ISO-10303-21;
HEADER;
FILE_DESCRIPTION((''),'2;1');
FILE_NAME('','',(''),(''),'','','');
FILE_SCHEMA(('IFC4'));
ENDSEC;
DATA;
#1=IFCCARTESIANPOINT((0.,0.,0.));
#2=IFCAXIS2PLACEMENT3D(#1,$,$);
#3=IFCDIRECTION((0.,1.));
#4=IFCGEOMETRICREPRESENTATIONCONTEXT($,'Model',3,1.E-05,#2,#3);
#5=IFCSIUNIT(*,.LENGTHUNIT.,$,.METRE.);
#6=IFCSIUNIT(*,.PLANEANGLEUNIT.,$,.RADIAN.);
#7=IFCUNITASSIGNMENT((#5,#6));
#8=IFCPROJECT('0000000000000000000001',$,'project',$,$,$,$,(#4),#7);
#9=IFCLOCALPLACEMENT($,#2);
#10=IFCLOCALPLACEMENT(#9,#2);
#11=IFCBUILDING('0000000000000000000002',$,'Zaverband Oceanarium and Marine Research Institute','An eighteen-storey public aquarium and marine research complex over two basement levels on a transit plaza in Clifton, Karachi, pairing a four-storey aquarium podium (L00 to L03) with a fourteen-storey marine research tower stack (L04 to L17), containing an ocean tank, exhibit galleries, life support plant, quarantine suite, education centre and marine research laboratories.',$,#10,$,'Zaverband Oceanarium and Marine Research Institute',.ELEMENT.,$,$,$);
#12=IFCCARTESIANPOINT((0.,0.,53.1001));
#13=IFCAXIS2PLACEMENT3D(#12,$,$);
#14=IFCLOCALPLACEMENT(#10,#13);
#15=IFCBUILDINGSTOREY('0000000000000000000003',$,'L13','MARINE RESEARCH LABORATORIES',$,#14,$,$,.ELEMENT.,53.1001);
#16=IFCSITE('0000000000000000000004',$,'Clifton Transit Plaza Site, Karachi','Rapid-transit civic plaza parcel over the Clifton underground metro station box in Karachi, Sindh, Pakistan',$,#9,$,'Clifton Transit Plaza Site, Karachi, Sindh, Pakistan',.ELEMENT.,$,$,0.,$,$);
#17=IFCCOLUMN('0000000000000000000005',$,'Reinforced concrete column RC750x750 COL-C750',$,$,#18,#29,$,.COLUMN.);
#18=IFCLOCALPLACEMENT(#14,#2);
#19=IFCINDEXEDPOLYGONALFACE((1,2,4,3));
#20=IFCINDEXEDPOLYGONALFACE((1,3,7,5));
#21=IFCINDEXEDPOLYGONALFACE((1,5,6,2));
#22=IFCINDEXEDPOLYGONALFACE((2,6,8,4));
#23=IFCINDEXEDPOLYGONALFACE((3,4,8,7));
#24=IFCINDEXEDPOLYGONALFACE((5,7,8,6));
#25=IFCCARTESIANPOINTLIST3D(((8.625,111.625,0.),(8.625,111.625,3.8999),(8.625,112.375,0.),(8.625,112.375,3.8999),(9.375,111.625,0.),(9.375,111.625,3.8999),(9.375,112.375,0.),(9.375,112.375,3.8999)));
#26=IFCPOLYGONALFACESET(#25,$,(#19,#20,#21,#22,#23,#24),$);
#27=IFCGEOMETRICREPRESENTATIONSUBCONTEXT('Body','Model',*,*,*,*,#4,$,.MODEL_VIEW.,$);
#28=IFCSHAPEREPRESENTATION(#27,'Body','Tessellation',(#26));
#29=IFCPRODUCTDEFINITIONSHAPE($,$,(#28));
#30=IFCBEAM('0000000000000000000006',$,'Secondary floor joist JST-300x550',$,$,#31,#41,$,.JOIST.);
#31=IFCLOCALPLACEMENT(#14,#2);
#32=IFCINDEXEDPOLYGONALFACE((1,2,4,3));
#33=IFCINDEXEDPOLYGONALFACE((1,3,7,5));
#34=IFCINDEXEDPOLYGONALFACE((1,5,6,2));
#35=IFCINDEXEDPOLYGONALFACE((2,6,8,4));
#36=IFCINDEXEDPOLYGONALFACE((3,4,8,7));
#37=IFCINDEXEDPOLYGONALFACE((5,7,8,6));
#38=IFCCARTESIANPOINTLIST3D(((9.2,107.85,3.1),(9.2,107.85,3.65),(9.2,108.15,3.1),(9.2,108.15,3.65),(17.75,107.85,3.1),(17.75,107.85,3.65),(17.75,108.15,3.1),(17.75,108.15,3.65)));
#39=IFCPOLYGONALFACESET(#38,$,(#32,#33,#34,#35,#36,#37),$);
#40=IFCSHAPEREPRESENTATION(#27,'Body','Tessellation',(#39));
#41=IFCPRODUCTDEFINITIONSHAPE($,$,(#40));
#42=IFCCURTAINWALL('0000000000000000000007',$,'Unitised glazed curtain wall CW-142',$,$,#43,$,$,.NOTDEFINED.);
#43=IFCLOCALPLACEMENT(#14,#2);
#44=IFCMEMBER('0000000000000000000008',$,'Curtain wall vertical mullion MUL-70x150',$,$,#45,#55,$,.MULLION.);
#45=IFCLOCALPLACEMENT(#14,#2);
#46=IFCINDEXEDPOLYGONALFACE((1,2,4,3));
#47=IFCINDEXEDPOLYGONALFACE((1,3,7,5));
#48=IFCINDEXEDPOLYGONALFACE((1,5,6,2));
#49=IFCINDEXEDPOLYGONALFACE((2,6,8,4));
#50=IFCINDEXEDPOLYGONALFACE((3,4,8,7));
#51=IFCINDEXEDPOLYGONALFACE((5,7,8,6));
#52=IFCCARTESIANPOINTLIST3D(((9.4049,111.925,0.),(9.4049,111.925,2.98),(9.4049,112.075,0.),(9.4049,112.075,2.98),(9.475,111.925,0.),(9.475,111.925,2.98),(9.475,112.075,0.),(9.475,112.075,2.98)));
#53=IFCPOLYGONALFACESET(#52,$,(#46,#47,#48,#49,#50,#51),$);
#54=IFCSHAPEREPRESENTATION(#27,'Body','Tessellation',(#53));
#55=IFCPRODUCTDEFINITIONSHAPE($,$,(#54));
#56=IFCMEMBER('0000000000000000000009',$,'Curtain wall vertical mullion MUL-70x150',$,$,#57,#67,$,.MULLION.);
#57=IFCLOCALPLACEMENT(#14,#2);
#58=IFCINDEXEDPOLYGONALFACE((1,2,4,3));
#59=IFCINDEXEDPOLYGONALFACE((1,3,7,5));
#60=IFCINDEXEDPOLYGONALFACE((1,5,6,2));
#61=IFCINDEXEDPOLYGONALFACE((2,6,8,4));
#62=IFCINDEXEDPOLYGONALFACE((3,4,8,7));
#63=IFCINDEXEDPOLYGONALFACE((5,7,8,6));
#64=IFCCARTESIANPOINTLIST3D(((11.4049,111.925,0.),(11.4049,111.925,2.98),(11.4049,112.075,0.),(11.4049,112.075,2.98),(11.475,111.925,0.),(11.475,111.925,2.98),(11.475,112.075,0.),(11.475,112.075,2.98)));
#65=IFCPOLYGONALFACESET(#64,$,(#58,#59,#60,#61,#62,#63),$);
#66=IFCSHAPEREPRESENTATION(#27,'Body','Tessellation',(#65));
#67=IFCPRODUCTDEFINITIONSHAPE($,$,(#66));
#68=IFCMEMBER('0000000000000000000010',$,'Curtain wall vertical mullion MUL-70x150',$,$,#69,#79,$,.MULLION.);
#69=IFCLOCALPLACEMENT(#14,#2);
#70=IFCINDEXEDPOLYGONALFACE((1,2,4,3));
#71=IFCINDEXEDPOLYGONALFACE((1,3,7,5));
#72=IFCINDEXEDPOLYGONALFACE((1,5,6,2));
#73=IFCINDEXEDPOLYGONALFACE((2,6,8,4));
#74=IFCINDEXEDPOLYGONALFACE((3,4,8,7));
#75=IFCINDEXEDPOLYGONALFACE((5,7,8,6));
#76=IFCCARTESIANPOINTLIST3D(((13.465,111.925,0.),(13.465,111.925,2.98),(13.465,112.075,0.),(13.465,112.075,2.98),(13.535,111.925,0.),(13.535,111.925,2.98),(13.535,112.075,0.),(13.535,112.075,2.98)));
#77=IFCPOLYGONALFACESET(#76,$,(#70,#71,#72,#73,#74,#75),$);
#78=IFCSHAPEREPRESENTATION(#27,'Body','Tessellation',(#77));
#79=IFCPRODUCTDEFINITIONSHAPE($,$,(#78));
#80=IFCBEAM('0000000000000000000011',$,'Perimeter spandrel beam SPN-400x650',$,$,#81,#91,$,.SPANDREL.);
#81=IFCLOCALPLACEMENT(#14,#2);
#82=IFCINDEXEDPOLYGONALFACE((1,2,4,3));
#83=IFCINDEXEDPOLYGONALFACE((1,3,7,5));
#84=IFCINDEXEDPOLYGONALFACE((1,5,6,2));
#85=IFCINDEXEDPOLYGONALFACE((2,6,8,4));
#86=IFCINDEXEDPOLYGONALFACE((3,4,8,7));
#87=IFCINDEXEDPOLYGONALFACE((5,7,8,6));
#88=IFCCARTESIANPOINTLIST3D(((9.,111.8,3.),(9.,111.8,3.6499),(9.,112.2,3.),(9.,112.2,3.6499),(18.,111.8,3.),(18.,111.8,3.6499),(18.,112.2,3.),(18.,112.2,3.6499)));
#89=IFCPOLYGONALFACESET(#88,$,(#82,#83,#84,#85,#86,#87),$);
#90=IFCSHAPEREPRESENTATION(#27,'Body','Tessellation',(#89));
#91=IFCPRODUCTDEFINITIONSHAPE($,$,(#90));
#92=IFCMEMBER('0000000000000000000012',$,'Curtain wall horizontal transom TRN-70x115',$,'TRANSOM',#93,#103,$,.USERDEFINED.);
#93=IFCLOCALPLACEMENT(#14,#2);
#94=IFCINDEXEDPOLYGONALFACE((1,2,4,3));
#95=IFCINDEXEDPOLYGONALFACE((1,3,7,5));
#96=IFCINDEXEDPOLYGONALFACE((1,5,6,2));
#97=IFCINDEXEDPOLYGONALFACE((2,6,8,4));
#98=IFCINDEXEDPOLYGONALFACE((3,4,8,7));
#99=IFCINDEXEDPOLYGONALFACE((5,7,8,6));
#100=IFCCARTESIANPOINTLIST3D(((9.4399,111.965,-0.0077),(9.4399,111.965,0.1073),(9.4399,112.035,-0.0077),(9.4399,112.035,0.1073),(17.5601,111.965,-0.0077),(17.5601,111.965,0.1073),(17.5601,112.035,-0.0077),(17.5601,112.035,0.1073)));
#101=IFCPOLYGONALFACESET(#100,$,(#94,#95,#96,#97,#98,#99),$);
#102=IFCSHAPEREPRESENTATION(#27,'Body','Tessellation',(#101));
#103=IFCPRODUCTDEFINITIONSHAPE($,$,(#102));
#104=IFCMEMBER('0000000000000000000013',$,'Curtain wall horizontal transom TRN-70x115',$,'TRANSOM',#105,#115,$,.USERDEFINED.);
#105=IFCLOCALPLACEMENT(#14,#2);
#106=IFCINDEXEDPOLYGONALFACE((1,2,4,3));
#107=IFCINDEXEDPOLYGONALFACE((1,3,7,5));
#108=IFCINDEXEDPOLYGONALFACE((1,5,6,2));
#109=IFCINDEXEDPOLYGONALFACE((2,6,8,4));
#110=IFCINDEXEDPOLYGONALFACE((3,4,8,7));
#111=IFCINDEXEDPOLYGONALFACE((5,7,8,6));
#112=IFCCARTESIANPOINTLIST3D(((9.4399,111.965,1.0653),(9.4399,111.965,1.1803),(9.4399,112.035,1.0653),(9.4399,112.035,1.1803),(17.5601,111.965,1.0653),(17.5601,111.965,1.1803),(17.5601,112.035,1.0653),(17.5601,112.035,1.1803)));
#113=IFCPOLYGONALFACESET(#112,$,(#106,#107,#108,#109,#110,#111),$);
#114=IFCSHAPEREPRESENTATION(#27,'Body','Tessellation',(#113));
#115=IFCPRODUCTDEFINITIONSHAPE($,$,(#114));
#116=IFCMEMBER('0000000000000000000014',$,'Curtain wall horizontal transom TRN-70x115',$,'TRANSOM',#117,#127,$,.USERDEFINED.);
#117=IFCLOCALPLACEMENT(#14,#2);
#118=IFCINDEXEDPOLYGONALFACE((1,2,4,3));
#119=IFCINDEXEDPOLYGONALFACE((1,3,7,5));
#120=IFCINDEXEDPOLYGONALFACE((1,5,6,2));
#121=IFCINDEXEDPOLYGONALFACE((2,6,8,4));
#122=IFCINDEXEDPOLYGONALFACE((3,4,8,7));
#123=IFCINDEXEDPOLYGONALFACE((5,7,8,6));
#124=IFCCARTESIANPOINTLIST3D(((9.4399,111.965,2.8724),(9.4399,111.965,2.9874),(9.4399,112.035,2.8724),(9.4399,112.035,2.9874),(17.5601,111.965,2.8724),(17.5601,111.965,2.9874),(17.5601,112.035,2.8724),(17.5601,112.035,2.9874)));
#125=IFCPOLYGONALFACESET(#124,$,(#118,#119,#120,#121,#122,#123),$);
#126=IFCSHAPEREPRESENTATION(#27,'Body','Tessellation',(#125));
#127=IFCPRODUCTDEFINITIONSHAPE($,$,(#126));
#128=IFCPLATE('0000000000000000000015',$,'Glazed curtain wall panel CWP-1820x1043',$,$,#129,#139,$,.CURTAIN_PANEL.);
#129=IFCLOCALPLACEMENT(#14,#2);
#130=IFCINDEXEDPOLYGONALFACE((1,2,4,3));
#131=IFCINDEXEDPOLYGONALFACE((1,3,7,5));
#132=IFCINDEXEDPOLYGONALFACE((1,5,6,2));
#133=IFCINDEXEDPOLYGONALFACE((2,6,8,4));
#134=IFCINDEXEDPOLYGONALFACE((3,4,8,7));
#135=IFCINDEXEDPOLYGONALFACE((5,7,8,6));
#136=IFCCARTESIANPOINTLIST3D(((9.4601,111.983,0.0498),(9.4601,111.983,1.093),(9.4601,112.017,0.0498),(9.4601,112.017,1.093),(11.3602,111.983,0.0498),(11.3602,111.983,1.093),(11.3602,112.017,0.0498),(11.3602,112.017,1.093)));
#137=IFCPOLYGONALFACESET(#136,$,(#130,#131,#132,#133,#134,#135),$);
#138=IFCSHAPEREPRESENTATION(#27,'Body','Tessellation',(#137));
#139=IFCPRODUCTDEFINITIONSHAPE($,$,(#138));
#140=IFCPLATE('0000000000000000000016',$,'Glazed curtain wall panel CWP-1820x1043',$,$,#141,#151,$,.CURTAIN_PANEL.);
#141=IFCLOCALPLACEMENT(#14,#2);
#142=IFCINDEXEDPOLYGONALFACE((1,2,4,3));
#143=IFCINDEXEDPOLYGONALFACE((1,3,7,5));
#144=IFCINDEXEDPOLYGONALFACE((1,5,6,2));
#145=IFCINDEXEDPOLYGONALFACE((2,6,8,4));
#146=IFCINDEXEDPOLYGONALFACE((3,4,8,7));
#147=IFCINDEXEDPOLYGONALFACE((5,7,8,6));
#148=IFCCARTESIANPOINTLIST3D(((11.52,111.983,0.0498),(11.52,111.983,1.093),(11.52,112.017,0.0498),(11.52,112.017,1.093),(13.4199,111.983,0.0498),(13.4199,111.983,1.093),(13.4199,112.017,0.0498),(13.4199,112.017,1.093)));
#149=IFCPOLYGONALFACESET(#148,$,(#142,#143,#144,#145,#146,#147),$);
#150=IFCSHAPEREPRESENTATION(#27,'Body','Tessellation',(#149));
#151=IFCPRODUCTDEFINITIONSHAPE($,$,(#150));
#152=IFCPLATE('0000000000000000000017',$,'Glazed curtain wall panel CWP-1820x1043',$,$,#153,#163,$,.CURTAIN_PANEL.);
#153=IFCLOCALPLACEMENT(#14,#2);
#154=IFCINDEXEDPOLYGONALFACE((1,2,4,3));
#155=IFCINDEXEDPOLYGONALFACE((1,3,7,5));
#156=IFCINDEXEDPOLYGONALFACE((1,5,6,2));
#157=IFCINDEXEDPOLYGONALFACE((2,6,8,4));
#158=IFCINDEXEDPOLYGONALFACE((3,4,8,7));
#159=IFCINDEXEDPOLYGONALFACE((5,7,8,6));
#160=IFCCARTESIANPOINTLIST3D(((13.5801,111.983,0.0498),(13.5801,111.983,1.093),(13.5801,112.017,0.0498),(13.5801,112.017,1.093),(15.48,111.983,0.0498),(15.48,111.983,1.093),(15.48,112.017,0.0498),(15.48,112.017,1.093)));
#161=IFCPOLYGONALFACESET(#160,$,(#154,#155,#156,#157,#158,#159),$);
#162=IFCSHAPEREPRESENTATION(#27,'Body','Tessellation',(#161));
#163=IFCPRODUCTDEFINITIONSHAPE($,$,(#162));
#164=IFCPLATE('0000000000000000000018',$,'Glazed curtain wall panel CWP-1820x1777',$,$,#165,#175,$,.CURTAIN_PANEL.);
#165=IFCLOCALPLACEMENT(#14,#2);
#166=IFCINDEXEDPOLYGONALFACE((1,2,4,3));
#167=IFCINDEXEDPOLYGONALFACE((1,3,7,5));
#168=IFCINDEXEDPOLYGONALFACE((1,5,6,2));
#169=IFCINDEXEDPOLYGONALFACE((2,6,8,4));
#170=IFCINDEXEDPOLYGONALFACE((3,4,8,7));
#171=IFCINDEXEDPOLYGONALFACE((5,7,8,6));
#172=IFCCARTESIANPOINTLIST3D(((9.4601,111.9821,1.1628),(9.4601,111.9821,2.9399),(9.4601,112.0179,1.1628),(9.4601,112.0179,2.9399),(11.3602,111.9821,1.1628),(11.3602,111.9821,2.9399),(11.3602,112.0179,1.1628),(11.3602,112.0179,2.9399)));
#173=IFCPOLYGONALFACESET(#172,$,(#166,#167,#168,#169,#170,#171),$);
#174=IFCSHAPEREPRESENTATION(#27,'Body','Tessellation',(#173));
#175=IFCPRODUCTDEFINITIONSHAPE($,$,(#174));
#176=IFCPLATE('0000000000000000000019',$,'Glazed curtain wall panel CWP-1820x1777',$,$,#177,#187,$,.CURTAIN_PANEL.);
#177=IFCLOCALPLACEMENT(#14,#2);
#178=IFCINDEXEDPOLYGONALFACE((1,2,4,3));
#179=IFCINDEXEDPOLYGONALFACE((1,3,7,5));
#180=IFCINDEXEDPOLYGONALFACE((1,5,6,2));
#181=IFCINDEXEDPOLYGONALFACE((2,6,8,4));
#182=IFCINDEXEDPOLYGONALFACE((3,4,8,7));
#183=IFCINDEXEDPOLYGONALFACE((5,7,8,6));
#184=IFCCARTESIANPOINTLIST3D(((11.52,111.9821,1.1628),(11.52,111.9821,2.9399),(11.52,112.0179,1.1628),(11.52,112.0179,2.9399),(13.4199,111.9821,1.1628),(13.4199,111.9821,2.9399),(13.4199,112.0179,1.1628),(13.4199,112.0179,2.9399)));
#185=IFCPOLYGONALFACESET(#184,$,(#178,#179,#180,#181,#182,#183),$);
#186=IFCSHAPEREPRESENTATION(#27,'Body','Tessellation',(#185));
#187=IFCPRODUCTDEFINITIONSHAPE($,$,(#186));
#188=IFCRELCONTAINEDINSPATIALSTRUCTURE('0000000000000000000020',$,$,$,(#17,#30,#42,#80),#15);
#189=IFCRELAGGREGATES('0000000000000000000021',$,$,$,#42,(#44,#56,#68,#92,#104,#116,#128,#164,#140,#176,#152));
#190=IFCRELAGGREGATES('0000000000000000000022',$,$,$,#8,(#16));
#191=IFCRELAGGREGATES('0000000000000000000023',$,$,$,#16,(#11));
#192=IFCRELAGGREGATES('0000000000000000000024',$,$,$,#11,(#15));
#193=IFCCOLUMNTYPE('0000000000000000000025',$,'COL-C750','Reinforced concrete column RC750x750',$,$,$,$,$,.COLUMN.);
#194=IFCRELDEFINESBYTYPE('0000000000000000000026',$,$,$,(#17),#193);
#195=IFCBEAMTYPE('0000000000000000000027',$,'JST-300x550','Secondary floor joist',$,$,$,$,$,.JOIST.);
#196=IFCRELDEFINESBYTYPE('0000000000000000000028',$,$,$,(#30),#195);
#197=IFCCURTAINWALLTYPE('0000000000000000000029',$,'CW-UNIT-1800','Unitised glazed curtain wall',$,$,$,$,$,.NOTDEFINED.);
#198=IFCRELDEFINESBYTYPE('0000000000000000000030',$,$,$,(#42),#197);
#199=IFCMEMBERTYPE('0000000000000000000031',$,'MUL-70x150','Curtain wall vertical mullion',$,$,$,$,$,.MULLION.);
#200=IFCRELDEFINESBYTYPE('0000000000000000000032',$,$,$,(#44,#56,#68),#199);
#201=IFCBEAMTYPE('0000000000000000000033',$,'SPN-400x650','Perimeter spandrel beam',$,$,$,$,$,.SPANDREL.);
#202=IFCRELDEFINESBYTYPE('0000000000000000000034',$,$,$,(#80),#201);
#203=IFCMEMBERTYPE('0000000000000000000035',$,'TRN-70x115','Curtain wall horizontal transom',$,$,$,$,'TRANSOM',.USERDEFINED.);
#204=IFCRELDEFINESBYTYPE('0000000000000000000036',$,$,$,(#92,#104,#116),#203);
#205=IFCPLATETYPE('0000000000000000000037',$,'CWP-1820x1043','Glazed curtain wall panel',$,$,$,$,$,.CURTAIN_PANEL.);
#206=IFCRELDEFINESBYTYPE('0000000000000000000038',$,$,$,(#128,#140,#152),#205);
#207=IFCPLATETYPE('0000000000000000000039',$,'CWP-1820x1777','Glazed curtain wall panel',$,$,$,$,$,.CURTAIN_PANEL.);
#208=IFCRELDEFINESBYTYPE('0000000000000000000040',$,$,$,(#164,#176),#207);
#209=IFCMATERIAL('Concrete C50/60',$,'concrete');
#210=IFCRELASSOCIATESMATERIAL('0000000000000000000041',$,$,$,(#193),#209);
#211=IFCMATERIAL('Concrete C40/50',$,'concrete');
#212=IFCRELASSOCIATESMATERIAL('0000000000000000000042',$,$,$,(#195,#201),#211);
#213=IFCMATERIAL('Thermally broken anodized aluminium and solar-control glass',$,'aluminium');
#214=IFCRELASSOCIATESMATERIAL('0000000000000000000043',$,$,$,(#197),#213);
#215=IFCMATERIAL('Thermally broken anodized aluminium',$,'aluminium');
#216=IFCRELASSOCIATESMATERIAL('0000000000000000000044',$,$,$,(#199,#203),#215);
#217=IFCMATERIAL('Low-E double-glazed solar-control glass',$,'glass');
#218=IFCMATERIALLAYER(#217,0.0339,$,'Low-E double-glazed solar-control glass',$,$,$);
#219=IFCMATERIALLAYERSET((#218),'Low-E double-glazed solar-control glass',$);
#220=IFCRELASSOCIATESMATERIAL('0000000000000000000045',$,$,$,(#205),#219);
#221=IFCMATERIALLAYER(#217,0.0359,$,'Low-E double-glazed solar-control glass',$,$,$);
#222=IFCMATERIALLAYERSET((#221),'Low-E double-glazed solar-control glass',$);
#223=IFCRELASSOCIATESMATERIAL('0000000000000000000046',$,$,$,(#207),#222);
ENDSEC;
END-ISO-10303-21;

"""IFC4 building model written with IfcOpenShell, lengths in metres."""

from ifc_helpers import new_model, si_unit, direction, frame, frame_2d, origin, origin_2d, place, context, subcontext, project, spatial, rectangle, extrude, material, layer, layer_set, material_profile, profile_set, type_object, element, aggregate, save


model = new_model("IFC4")

# Units and contexts
model_context = context("Model", 3, precision=1e-05, world=origin(), true_north=direction((0.0, 1.0)))
body_context = subcontext(model_context, "Body", "Model", "MODEL_VIEW")
ifc_project = project(units=[si_unit("LENGTHUNIT", "METRE"), si_unit("PLANEANGLEUNIT", "RADIAN")], contexts=[model_context])

# Site, building, storey
site_placement = place(None, origin())
site = spatial("IfcSite", under=ifc_project, at=site_placement, Name="Clifton Transit Plaza Site, Karachi", Description="Rapid-transit civic plaza parcel over the Clifton underground metro station box in Karachi, Sindh, Pakistan", LongName="Clifton Transit Plaza Site, Karachi, Sindh, Pakistan", CompositionType="ELEMENT", RefElevation=0.0)
building_placement = place(site_placement, origin())
building = spatial("IfcBuilding", under=site, at=building_placement, Name="Zaverband Oceanarium and Marine Research Institute", Description="An eighteen-storey public aquarium and marine research complex over two basement levels on a transit plaza in Clifton, Karachi, pairing a four-storey aquarium podium (L00 to L03) with a fourteen-storey marine research tower stack (L04 to L17), containing an ocean tank, exhibit galleries, life support plant, quarantine suite, education centre and marine research laboratories.", LongName="Zaverband Oceanarium and Marine Research Institute", CompositionType="ELEMENT")
storey_placement = place(building_placement, frame((0.0, 0.0, 53.1001)))
storey = spatial("IfcBuildingStorey", under=building, at=storey_placement, Name="L13", Description="MARINE RESEARCH LABORATORIES", CompositionType="ELEMENT", Elevation=53.1001)

# Column
ifc_material_1 = material(Name="Concrete C50/60", Category="concrete")
ifc_material_profile_1 = material_profile(ifc_material_1, rectangle(XDim=0.75, YDim=0.75, at=origin_2d()), Name="RC750x750")
ifc_profile_set_1 = profile_set([ifc_material_profile_1], Name="Concrete C50/60")
column_type = type_object("IfcColumnType", Name="COL-C750", Description="Reinforced concrete column RC750x750", PredefinedType="COLUMN", material=ifc_profile_set_1)
column_placement = place(storey_placement, frame((9.0, 112.0, 0.0), z_axis=(0.0, 0.0, 1.0), x_axis=(1.0, 0.0, 0.0)))
element("IfcColumn", 1, at=column_placement, inside=storey, type_object=column_type, Name="Reinforced concrete column RC750x750 COL-C750", PredefinedType="COLUMN", context=body_context, shape_type="SweptSolid", body=[
    extrude(rectangle(XDim=0.75, YDim=0.75, at=origin_2d()), origin(), (0.0, 0.0, 1.0), 3.8999),
])

# Beam
ifc_material_2 = material(Name="Concrete C40/50", Category="concrete")
ifc_material_profile_2 = material_profile(ifc_material_2, rectangle(XDim=0.3, YDim=0.55, at=origin_2d()), Name="RC300x550")
ifc_profile_set_2 = profile_set([ifc_material_profile_2], Name="Concrete C40/50")
beam_type_1 = type_object("IfcBeamType", Name="JST-300x550", Description="Secondary floor joist", PredefinedType="JOIST", material=ifc_profile_set_2)
beam_1_placement = place(storey_placement, frame((9.2, 108.0, 3.375), z_axis=(1.0, 0.0, 0.0), x_axis=(0.0, 1.0, 0.0)))
element("IfcBeam", 2, at=beam_1_placement, inside=storey, type_object=beam_type_1, Name="Secondary floor joist JST-300x550", PredefinedType="JOIST", context=body_context, shape_type="SweptSolid", body=[
    extrude(rectangle(XDim=0.3, YDim=0.55, at=origin_2d()), origin(), (0.0, 0.0, 1.0), 8.55),
])

# Curtain wall, members
ifc_material_3 = material(Name="Thermally broken anodized aluminium and solar-control glass", Category="aluminium")
curtain_wall_type = type_object("IfcCurtainWallType", Name="CW-UNIT-1800", Description="Unitised glazed curtain wall", PredefinedType="NOTDEFINED", material=ifc_material_3)
curtain_wall_placement = place(storey_placement, origin())
curtain_wall = element("IfcCurtainWall", 3, at=curtain_wall_placement, inside=storey, type_object=curtain_wall_type, Name="Unitised glazed curtain wall CW-142", PredefinedType="NOTDEFINED")
ifc_material_4 = material(Name="Thermally broken anodized aluminium", Category="aluminium")
ifc_material_profile_3 = material_profile(ifc_material_4, rectangle(XDim=0.0701, YDim=0.1499, at=origin_2d()), Name="AL-MUL-70x150")
ifc_profile_set_3 = profile_set([ifc_material_profile_3], Name="Thermally broken anodized aluminium")
member_type_1 = type_object("IfcMemberType", Name="MUL-70x150", Description="Curtain wall vertical mullion", PredefinedType="MULLION", material=ifc_profile_set_3)
member_1_placement = place(storey_placement, frame((9.4399, 112.0, 0.0), z_axis=(0.0, 0.0, 1.0), x_axis=(1.0, 0.0, 0.0)))
member_1 = element("IfcMember", 4, at=member_1_placement, type_object=member_type_1, Name="Curtain wall vertical mullion MUL-70x150", PredefinedType="MULLION", context=body_context, shape_type="SweptSolid", body=[
    extrude(rectangle(XDim=0.0701, YDim=0.1499, at=origin_2d()), origin(), (0.0, 0.0, 1.0), 2.98),
])
member_2_placement = place(storey_placement, frame((11.4399, 112.0, 0.0), z_axis=(0.0, 0.0, 1.0), x_axis=(1.0, 0.0, 0.0)))
member_2 = element("IfcMember", 5, at=member_2_placement, type_object=member_type_1, Name="Curtain wall vertical mullion MUL-70x150", PredefinedType="MULLION", context=body_context, shape_type="SweptSolid", body=[
    extrude(rectangle(XDim=0.0701, YDim=0.1499, at=origin_2d()), origin(), (0.0, 0.0, 1.0), 2.98),
])
member_3_placement = place(storey_placement, frame((13.5, 112.0, 0.0), z_axis=(0.0, 0.0, 1.0), x_axis=(1.0, 0.0, 0.0)))
member_3 = element("IfcMember", 6, at=member_3_placement, type_object=member_type_1, Name="Curtain wall vertical mullion MUL-70x150", PredefinedType="MULLION", context=body_context, shape_type="SweptSolid", body=[
    extrude(rectangle(XDim=0.0701, YDim=0.1499, at=origin_2d()), origin(), (0.0, 0.0, 1.0), 2.98),
])

# Beam
ifc_material_profile_4 = material_profile(ifc_material_2, rectangle(XDim=0.3999, YDim=0.6499, at=origin_2d()), Name="RC400x650")
ifc_profile_set_4 = profile_set([ifc_material_profile_4], Name="Concrete C40/50")
beam_type_2 = type_object("IfcBeamType", Name="SPN-400x650", Description="Perimeter spandrel beam", PredefinedType="SPANDREL", material=ifc_profile_set_4)
beam_2_placement = place(storey_placement, frame((9.0, 112.0, 3.325), z_axis=(1.0, 0.0, 0.0), x_axis=(0.0, 1.0, 0.0)))
element("IfcBeam", 7, at=beam_2_placement, inside=storey, type_object=beam_type_2, Name="Perimeter spandrel beam SPN-400x650", PredefinedType="SPANDREL", context=body_context, shape_type="SweptSolid", body=[
    extrude(rectangle(XDim=0.3999, YDim=0.6499, at=origin_2d()), origin(), (0.0, 0.0, 1.0), 9.0),
])

# Members
ifc_material_profile_5 = material_profile(ifc_material_4, rectangle(XDim=0.0701, YDim=0.115, at=origin_2d()), Name="AL-TRN-70x115")
ifc_profile_set_5 = profile_set([ifc_material_profile_5], Name="Thermally broken anodized aluminium")
member_type_2 = type_object("IfcMemberType", Name="TRN-70x115", Description="Curtain wall horizontal transom", ElementType="TRANSOM", PredefinedType="USERDEFINED", material=ifc_profile_set_5)
member_4_placement = place(storey_placement, frame((9.4399, 112.0, 0.0498), z_axis=(1.0, 0.0, 0.0), x_axis=(0.0, 1.0, 0.0)))
member_4 = element("IfcMember", 8, at=member_4_placement, type_object=member_type_2, Name="Curtain wall horizontal transom TRN-70x115", ObjectType="TRANSOM", PredefinedType="USERDEFINED", context=body_context, shape_type="SweptSolid", body=[
    extrude(rectangle(XDim=0.0701, YDim=0.115, at=origin_2d()), origin(), (0.0, 0.0, 1.0), 8.1201),
])
member_5_placement = place(storey_placement, frame((9.4399, 112.0, 1.1228), z_axis=(1.0, 0.0, 0.0), x_axis=(0.0, 1.0, 0.0)))
member_5 = element("IfcMember", 9, at=member_5_placement, type_object=member_type_2, Name="Curtain wall horizontal transom TRN-70x115", ObjectType="TRANSOM", PredefinedType="USERDEFINED", context=body_context, shape_type="SweptSolid", body=[
    extrude(rectangle(XDim=0.0701, YDim=0.115, at=origin_2d()), origin(), (0.0, 0.0, 1.0), 8.1201),
])
member_6_placement = place(storey_placement, frame((9.4399, 112.0, 2.9299), z_axis=(1.0, 0.0, 0.0), x_axis=(0.0, 1.0, 0.0)))
member_6 = element("IfcMember", 10, at=member_6_placement, type_object=member_type_2, Name="Curtain wall horizontal transom TRN-70x115", ObjectType="TRANSOM", PredefinedType="USERDEFINED", context=body_context, shape_type="SweptSolid", body=[
    extrude(rectangle(XDim=0.0701, YDim=0.115, at=origin_2d()), origin(), (0.0, 0.0, 1.0), 8.1201),
])

# Plates
ifc_material_5 = material(Name="Low-E double-glazed solar-control glass", Category="glass")
ifc_layer_1 = layer(ifc_material_5, 0.0339, Name="Low-E double-glazed solar-control glass")
ifc_layer_set_1 = layer_set([ifc_layer_1], Name="Low-E double-glazed solar-control glass")
plate_type_1 = type_object("IfcPlateType", Name="CWP-1820x1043", Description="Glazed curtain wall panel", PredefinedType="CURTAIN_PANEL", material=ifc_layer_set_1)
plate_1_placement = place(storey_placement, frame((9.46, 112.0, 0.0498), z_axis=(0.0, 0.0, 1.0), x_axis=(1.0, 0.0, 0.0)))
plate_1 = element("IfcPlate", 11, at=plate_1_placement, type_object=plate_type_1, Name="Glazed curtain wall panel CWP-1820x1043", PredefinedType="CURTAIN_PANEL", context=body_context, shape_type="SweptSolid", body=[
    extrude(rectangle(XDim=1.9001, YDim=0.0339, at=frame_2d((0.9502, 0.0))), origin(), (0.0, 0.0, 1.0), 1.0432),
])
plate_2_placement = place(storey_placement, frame((11.52, 112.0, 0.0498), z_axis=(0.0, 0.0, 1.0), x_axis=(1.0, 0.0, 0.0)))
plate_2 = element("IfcPlate", 12, at=plate_2_placement, type_object=plate_type_1, Name="Glazed curtain wall panel CWP-1820x1043", PredefinedType="CURTAIN_PANEL", context=body_context, shape_type="SweptSolid", body=[
    extrude(rectangle(XDim=1.8999, YDim=0.0339, at=frame_2d((0.95, 0.0))), origin(), (0.0, 0.0, 1.0), 1.0432),
])
plate_3_placement = place(storey_placement, frame((13.5801, 112.0, 0.0498), z_axis=(0.0, 0.0, 1.0), x_axis=(1.0, 0.0, 0.0)))
plate_3 = element("IfcPlate", 13, at=plate_3_placement, type_object=plate_type_1, Name="Glazed curtain wall panel CWP-1820x1043", PredefinedType="CURTAIN_PANEL", context=body_context, shape_type="SweptSolid", body=[
    extrude(rectangle(XDim=1.8999, YDim=0.0339, at=frame_2d((0.95, 0.0))), origin(), (0.0, 0.0, 1.0), 1.0432),
])
ifc_layer_2 = layer(ifc_material_5, 0.0359, Name="Low-E double-glazed solar-control glass")
ifc_layer_set_2 = layer_set([ifc_layer_2], Name="Low-E double-glazed solar-control glass")
plate_type_2 = type_object("IfcPlateType", Name="CWP-1820x1777", Description="Glazed curtain wall panel", PredefinedType="CURTAIN_PANEL", material=ifc_layer_set_2)
plate_4_placement = place(storey_placement, frame((9.46, 112.0, 1.1628), z_axis=(0.0, 0.0, 1.0), x_axis=(1.0, 0.0, 0.0)))
plate_4 = element("IfcPlate", 14, at=plate_4_placement, type_object=plate_type_2, Name="Glazed curtain wall panel CWP-1820x1777", PredefinedType="CURTAIN_PANEL", context=body_context, shape_type="SweptSolid", body=[
    extrude(rectangle(XDim=1.9001, YDim=0.0359, at=frame_2d((0.9502, 0.0))), origin(), (0.0, 0.0, 1.0), 1.7771),
])
plate_5_placement = place(storey_placement, frame((11.52, 112.0, 1.1628), z_axis=(0.0, 0.0, 1.0), x_axis=(1.0, 0.0, 0.0)))
plate_5 = element("IfcPlate", 15, at=plate_5_placement, type_object=plate_type_2, Name="Glazed curtain wall panel CWP-1820x1777", PredefinedType="CURTAIN_PANEL", context=body_context, shape_type="SweptSolid", body=[
    extrude(rectangle(XDim=1.8999, YDim=0.0359, at=frame_2d((0.95, 0.0))), origin(), (0.0, 0.0, 1.0), 1.7771),
])
aggregate(curtain_wall, [member_1, member_2, member_3, member_4, member_5, member_6, plate_1, plate_4, plate_2, plate_5, plate_3])

save(model, "model.ifc")
